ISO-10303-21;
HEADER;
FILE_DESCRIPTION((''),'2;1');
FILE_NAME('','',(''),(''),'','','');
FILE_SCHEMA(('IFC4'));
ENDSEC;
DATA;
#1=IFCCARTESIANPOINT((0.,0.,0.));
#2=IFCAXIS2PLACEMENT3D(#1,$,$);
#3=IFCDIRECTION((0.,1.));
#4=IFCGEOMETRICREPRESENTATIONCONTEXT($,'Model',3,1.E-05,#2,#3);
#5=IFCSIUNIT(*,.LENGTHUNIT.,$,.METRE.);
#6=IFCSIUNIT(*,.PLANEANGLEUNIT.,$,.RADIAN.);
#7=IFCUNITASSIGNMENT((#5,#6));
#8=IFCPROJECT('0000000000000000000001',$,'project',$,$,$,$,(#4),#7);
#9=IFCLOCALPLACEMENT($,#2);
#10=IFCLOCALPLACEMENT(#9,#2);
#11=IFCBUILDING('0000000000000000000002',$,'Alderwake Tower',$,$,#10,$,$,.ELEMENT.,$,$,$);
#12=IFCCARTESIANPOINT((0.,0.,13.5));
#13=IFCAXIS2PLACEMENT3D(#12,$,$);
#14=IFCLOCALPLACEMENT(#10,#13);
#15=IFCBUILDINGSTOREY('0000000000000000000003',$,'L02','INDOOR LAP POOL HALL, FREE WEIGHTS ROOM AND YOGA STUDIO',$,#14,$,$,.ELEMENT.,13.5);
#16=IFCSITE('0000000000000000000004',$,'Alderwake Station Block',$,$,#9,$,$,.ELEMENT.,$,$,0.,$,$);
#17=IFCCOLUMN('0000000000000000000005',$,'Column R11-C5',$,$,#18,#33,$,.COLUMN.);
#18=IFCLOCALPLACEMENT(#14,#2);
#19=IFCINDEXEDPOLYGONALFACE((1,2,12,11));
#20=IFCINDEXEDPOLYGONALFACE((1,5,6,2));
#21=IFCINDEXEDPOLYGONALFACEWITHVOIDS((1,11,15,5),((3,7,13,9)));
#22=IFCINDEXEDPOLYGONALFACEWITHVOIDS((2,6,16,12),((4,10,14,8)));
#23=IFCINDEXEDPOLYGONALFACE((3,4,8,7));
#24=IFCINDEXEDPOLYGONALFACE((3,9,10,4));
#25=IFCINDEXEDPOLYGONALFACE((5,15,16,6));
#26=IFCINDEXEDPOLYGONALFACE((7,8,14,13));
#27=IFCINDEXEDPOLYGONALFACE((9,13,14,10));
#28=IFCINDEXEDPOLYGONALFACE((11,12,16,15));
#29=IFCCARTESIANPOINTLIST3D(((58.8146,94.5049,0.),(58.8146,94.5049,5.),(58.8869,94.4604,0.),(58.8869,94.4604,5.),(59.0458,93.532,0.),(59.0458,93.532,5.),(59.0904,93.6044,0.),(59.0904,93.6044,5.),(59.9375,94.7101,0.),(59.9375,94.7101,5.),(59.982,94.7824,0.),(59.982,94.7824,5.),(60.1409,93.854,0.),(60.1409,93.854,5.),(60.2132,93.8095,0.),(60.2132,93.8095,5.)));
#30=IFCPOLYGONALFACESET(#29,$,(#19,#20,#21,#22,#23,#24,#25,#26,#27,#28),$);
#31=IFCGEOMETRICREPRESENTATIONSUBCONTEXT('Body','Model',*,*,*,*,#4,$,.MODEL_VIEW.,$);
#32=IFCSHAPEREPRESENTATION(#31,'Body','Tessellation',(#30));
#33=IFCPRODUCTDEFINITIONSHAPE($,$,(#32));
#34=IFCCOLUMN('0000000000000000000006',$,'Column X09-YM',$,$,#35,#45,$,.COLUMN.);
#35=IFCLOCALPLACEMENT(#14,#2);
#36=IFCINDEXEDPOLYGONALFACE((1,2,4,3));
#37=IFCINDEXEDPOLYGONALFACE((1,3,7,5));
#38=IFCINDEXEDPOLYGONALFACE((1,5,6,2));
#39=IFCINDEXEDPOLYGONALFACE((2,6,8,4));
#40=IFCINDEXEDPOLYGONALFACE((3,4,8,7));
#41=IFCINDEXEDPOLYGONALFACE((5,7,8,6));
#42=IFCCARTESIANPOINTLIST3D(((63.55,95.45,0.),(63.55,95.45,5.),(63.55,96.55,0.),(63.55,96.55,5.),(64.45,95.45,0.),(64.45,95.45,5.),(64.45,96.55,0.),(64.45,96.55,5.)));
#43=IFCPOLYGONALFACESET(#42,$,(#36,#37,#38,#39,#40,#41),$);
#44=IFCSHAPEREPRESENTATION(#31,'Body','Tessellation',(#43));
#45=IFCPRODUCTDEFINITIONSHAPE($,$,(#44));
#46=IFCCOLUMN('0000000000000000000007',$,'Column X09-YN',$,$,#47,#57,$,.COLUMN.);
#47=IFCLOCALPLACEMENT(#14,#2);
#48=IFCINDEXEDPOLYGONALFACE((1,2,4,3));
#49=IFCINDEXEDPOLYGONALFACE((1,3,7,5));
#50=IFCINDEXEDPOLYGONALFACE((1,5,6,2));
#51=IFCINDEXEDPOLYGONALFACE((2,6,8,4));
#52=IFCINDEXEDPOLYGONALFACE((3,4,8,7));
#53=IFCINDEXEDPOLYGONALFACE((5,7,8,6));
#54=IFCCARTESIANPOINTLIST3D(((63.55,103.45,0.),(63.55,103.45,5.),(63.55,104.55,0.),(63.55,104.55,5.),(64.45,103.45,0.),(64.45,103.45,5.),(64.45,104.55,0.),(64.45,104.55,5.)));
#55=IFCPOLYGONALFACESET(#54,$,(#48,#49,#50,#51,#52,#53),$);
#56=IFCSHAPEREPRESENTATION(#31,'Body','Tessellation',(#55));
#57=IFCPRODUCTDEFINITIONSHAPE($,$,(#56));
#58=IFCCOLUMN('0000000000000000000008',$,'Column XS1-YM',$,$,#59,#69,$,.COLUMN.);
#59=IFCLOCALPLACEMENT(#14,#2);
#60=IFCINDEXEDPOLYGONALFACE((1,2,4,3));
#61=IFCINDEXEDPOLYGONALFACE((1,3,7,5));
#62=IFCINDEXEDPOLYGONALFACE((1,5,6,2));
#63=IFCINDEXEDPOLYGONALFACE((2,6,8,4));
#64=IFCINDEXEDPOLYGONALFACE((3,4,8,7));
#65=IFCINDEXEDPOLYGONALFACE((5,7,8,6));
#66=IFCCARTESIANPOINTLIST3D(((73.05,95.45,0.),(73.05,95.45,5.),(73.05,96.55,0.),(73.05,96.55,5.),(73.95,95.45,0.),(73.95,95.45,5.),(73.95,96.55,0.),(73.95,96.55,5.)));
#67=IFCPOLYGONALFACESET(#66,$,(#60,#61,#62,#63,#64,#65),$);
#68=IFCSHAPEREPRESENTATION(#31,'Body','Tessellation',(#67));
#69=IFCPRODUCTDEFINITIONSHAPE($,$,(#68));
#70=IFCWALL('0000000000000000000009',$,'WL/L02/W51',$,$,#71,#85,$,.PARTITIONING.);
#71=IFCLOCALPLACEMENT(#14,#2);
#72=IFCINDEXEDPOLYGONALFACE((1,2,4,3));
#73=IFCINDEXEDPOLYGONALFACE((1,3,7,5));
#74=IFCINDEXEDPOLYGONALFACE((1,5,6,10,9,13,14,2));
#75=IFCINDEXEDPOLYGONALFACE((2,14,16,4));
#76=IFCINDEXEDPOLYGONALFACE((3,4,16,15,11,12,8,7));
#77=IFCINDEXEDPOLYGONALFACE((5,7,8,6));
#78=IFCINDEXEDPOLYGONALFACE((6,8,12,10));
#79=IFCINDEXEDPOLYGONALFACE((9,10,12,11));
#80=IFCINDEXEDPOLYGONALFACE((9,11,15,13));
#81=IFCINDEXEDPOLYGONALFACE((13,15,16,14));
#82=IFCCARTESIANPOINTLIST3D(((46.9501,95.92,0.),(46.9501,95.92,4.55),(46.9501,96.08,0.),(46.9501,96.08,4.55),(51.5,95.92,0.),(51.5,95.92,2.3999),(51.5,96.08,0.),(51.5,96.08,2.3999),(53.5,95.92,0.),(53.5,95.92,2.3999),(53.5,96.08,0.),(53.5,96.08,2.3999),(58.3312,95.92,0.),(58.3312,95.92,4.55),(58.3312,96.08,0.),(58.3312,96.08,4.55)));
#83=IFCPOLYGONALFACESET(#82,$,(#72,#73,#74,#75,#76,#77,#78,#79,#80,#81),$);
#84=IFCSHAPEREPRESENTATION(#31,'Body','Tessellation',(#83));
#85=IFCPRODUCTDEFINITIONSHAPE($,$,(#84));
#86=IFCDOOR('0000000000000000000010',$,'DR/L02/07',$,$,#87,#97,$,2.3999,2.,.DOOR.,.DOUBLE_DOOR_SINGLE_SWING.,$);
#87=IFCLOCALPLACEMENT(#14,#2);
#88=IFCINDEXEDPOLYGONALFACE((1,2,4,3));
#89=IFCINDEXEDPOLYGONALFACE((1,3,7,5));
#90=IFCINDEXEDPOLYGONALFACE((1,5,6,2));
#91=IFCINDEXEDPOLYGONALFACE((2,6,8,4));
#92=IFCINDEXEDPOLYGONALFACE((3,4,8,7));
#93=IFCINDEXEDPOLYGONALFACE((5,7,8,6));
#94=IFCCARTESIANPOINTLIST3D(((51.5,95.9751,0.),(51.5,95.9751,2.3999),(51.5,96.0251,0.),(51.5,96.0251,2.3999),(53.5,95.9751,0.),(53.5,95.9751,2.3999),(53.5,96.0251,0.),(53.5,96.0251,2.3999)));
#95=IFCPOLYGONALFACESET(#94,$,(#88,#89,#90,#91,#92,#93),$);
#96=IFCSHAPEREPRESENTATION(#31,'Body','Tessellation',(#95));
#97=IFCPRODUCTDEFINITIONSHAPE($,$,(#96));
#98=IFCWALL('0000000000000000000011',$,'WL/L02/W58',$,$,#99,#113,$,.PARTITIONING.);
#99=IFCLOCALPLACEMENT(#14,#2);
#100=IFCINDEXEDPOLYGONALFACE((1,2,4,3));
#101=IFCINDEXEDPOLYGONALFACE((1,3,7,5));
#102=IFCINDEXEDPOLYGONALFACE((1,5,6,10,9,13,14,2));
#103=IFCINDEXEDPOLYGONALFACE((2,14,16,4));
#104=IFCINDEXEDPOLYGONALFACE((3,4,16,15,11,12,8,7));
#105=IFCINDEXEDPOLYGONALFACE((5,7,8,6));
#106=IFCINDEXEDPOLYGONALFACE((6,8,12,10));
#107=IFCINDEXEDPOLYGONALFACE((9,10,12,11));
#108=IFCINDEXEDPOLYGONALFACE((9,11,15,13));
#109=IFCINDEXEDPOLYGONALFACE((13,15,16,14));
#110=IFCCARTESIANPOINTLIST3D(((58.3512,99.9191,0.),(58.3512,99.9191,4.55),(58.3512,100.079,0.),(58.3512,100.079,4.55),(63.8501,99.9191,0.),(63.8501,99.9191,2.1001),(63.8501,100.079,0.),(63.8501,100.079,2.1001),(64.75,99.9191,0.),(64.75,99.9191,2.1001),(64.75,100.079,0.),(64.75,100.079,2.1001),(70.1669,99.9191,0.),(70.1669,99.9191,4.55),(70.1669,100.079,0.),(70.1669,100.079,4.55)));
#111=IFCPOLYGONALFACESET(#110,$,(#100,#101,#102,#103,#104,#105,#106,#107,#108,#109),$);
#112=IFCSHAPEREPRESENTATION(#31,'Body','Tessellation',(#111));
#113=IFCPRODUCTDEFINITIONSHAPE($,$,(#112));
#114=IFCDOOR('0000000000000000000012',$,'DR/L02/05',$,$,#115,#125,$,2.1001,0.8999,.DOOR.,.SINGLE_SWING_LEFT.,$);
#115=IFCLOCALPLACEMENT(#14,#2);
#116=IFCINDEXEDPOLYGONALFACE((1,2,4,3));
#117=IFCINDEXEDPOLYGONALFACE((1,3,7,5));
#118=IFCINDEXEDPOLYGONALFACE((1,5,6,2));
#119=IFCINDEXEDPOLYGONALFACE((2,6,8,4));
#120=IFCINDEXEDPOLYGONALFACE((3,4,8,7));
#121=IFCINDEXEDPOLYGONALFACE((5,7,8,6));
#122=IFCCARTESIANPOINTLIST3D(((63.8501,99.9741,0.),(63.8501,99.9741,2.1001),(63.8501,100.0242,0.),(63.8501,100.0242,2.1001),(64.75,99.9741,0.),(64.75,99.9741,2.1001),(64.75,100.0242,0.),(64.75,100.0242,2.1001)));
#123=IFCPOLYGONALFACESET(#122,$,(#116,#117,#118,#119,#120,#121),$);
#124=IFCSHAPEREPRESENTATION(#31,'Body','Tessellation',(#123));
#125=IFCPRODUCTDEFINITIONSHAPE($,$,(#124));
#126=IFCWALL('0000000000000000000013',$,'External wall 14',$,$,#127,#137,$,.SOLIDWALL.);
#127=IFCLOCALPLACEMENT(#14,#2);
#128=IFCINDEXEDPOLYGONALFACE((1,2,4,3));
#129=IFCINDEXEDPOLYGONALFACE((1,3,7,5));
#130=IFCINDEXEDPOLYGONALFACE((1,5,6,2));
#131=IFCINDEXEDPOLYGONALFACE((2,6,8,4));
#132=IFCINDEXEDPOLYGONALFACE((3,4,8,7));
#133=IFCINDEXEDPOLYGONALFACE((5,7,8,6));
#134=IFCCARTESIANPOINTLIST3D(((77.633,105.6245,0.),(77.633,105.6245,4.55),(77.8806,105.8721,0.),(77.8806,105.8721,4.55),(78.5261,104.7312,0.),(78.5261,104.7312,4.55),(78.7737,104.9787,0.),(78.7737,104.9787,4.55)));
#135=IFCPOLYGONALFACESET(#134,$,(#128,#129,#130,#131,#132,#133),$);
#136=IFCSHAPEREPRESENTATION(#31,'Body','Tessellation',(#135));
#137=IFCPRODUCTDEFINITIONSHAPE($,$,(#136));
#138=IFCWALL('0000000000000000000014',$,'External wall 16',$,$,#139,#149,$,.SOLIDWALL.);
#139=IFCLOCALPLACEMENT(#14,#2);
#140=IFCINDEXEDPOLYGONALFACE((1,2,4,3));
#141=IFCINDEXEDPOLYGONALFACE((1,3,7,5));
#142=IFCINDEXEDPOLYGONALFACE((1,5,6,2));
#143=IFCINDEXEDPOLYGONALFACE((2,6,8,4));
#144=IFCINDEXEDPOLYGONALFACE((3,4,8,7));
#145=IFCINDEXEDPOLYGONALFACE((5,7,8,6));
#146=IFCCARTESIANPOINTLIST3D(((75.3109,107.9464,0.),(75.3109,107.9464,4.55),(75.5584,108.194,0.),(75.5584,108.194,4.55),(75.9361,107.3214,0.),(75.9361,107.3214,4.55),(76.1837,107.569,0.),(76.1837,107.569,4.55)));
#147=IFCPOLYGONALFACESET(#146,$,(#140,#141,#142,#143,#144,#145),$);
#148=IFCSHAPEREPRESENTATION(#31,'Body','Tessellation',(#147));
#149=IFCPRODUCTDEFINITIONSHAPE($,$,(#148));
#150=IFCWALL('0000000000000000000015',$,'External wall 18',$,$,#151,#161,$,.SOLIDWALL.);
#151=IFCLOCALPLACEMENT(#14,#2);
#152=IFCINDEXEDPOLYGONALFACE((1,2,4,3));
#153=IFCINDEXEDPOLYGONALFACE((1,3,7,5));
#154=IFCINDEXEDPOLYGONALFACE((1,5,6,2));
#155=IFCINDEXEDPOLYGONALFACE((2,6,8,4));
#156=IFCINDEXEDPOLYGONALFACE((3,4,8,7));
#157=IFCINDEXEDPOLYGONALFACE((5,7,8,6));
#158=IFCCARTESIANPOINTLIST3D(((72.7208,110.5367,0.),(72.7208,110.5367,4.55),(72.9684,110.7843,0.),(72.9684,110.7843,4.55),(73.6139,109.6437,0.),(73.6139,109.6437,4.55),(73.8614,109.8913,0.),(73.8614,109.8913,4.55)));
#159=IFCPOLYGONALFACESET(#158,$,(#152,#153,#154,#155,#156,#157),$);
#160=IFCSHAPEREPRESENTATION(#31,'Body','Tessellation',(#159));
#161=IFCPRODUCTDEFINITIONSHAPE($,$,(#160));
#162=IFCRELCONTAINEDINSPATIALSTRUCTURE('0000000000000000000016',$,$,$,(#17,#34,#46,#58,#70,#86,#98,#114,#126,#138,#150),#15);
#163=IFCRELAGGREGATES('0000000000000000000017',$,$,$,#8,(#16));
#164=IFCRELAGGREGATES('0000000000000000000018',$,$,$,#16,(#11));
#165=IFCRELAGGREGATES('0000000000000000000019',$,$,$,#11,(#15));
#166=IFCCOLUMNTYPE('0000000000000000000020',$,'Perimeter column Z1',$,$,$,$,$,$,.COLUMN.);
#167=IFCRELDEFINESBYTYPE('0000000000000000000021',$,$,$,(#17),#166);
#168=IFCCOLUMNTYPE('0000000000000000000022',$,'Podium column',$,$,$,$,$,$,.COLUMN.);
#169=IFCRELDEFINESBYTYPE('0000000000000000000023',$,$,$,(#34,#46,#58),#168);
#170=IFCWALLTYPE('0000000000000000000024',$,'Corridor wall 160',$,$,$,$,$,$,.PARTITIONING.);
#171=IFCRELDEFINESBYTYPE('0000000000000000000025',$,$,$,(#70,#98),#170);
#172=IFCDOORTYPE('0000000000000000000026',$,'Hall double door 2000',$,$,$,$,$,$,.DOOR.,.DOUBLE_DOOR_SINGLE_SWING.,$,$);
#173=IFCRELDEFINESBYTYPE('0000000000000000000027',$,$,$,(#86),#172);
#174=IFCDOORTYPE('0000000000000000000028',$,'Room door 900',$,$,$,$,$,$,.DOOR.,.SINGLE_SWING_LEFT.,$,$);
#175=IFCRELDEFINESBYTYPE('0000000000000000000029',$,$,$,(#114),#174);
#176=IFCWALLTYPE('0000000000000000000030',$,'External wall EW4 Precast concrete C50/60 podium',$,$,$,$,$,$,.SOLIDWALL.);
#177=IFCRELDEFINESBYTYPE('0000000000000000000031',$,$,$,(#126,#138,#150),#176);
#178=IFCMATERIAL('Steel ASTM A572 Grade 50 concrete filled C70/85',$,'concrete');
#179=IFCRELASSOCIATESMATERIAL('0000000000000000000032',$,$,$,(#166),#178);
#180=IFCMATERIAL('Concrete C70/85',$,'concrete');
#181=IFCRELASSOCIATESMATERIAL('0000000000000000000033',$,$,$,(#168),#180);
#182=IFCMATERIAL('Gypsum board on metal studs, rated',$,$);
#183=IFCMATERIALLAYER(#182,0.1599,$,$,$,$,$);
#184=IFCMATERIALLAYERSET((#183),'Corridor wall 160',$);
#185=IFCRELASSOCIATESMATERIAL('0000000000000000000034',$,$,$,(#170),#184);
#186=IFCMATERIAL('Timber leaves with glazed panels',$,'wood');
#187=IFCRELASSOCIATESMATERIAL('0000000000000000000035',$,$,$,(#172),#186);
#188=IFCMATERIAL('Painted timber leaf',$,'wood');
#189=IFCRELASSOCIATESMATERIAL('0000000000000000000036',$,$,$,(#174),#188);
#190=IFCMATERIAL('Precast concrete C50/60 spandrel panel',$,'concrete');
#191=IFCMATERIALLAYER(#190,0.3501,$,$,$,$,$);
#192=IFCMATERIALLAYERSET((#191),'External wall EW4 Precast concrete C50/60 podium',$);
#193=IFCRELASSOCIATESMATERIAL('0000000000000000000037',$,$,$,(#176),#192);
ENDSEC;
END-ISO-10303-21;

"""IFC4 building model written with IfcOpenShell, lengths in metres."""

from ifc_helpers import new_model, si_unit, direction, frame, frame_2d, origin, origin_2d, place, context, subcontext, project, spatial, rectangle, hollow_rectangle, extrude, material, layer, layer_set, material_profile, profile_set, type_object, element, fill, save


model = new_model("IFC4")

# Units and contexts
model_context = context("Model", 3, precision=1e-05, world=origin(), true_north=direction((0.0, 1.0)))
body_context = subcontext(model_context, "Body", "Model", "MODEL_VIEW")
ifc_project = project(units=[si_unit("LENGTHUNIT", "METRE"), si_unit("PLANEANGLEUNIT", "RADIAN")], contexts=[model_context])

# Site, building, storey
site_placement = place(None, origin())
site = spatial("IfcSite", under=ifc_project, at=site_placement, Name="Alderwake Station Block", CompositionType="ELEMENT", RefElevation=0.0)
building_placement = place(site_placement, origin())
building = spatial("IfcBuilding", under=site, at=building_placement, Name="Alderwake Tower", CompositionType="ELEMENT")
storey_placement = place(building_placement, frame((0.0, 0.0, 13.5)))
storey = spatial("IfcBuildingStorey", under=building, at=storey_placement, Name="L02", Description="INDOOR LAP POOL HALL, FREE WEIGHTS ROOM AND YOGA STUDIO", CompositionType="ELEMENT", Elevation=13.5)

# Columns
ifc_material_1 = material(Name="Steel ASTM A572 Grade 50 concrete filled C70/85", Category="concrete")
ifc_material_profile_1 = material_profile(ifc_material_1, hollow_rectangle(XDim=1.0, YDim=1.2, WallThickness=0.0601, at=origin_2d()), Name="BOX 1200X1000X60")
ifc_profile_set_1 = profile_set([ifc_material_profile_1], Name="Steel ASTM A572 Grade 50 concrete filled C70/85")
column_type_1 = type_object("IfcColumnType", Name="Perimeter column Z1", PredefinedType="COLUMN", material=ifc_profile_set_1)
column_placement = place(storey_placement, frame((59.5139, 94.1572, 0.0), z_axis=(0.0, 0.0, 1.0), x_axis=(-0.231222, 0.972901, 0.0)))
element("IfcColumn", 1, at=column_placement, inside=storey, type_object=column_type_1, Name="Column R11-C5", PredefinedType="COLUMN", context=body_context, shape_type="SweptSolid", body=[
    extrude(hollow_rectangle(XDim=1.0, YDim=1.2, WallThickness=0.0601, at=origin_2d()), origin(), (0.0, 0.0, 1.0), 5.0),
])
ifc_material_2 = material(Name="Concrete C70/85", Category="concrete")
ifc_material_profile_2 = material_profile(ifc_material_2, rectangle(XDim=0.8999, YDim=1.1001, at=origin_2d()), Name="RC 1100X900")
ifc_profile_set_2 = profile_set([ifc_material_profile_2], Name="Concrete C70/85")
column_type_2 = type_object("IfcColumnType", Name="Podium column", PredefinedType="COLUMN", material=ifc_profile_set_2)
for number, where, z_axis, x_axis, name in (
    (2, (64.0, 96.0, 0.0), (0.0, 0.0, 1.0), (1.0, 0.0, 0.0), "Column X09-YM"),
    (3, (64.0, 104.0, 0.0), (0.0, 0.0, 1.0), (1.0, 0.0, 0.0), "Column X09-YN"),
    (4, (73.5, 96.0, 0.0), (0.0, 0.0, 1.0), (1.0, 0.0, 0.0), "Column XS1-YM"),
):
    element("IfcColumn", number, at=place(storey_placement, frame(where, z_axis=z_axis, x_axis=x_axis)), inside=storey, type_object=column_type_2, Name=name, PredefinedType="COLUMN", context=body_context, shape_type="SweptSolid", body=[
        extrude(rectangle(XDim=0.8999, YDim=1.1001, at=origin_2d()), origin(), (0.0, 0.0, 1.0), 5.0),
    ])

# Walls, openings, doors
ifc_material_3 = material(Name="Gypsum board on metal studs, rated")
ifc_layer_1 = layer(ifc_material_3, 0.1599)
ifc_layer_set_1 = layer_set([ifc_layer_1], Name="Corridor wall 160")
wall_type_1 = type_object("IfcWallType", Name="Corridor wall 160", PredefinedType="PARTITIONING", material=ifc_layer_set_1)
wall_1_placement = place(storey_placement, frame((58.3311, 96.0, 0.0), z_axis=(0.0, 0.0, 1.0), x_axis=(-1.0, 0.0, 0.0)))
wall_1 = element("IfcWall", 5, at=wall_1_placement, inside=storey, type_object=wall_type_1, Name="WL/L02/W51", PredefinedType="PARTITIONING", context=body_context, shape_type="SweptSolid", body=[
    extrude(rectangle(XDim=11.3811, YDim=0.1599, at=frame_2d((5.6904, 0.0))), origin(), (0.0, 0.0, 1.0), 4.55),
])
opening_1_placement = place(wall_1_placement, frame((4.8311, 0.0, 0.0)))
opening_1 = element("IfcOpeningElement", 6, at=opening_1_placement, cuts=wall_1, PredefinedType="OPENING", context=body_context, shape_type="SweptSolid", body=[
    extrude(rectangle(XDim=2.0, YDim=2.3999, at=frame_2d((1.0, 1.2))), frame((0.0, 0.0898, 0.0), z_axis=(0.0, -1.0, 0.0), x_axis=(1.0, 0.0, 0.0)), (0.0, 0.0, 1.0), 0.1799),
])
ifc_material_4 = material(Name="Timber leaves with glazed panels", Category="wood")
door_type_1 = type_object("IfcDoorType", Name="Hall double door 2000", OperationType="DOUBLE_DOOR_SINGLE_SWING", PredefinedType="DOOR", material=ifc_material_4)
door_1_placement = place(opening_1_placement, origin())
door_1 = element("IfcDoor", 7, at=door_1_placement, inside=storey, type_object=door_type_1, Name="DR/L02/07", OperationType="DOUBLE_DOOR_SINGLE_SWING", OverallHeight=2.3999, OverallWidth=2.0, PredefinedType="DOOR", context=body_context, shape_type="SweptSolid", body=[
    extrude(rectangle(XDim=2.0, YDim=2.3999, at=frame_2d((1.0, 1.2))), frame((0.0, 0.0249, 0.0), z_axis=(0.0, -1.0, 0.0), x_axis=(1.0, 0.0, 0.0)), (0.0, 0.0, 1.0), 0.05),
])
fill(opening_1, door_1)
wall_2_placement = place(storey_placement, frame((70.1667, 99.999, 0.0), z_axis=(0.0, 0.0, 1.0), x_axis=(-1.0, 0.0, 0.0)))
wall_2 = element("IfcWall", 8, at=wall_2_placement, inside=storey, type_object=wall_type_1, Name="WL/L02/W58", PredefinedType="PARTITIONING", context=body_context, shape_type="SweptSolid", body=[
    extrude(rectangle(XDim=11.8157, YDim=0.1599, at=frame_2d((5.9077, 0.0))), origin(), (0.0, 0.0, 1.0), 4.55),
])
opening_2_placement = place(wall_2_placement, frame((5.4167, 0.0, 0.0)))
opening_2 = element("IfcOpeningElement", 9, at=opening_2_placement, cuts=wall_2, PredefinedType="OPENING", context=body_context, shape_type="SweptSolid", body=[
    extrude(rectangle(XDim=0.8999, YDim=2.1001, at=frame_2d((0.45, 1.05))), frame((0.0, 0.0898, 0.0), z_axis=(0.0, -1.0, 0.0), x_axis=(1.0, 0.0, 0.0)), (0.0, 0.0, 1.0), 0.1799),
])
ifc_material_5 = material(Name="Painted timber leaf", Category="wood")
door_type_2 = type_object("IfcDoorType", Name="Room door 900", OperationType="SINGLE_SWING_LEFT", PredefinedType="DOOR", material=ifc_material_5)
door_2_placement = place(opening_2_placement, origin())
door_2 = element("IfcDoor", 10, at=door_2_placement, inside=storey, type_object=door_type_2, Name="DR/L02/05", OperationType="SINGLE_SWING_LEFT", OverallHeight=2.1001, OverallWidth=0.8999, PredefinedType="DOOR", context=body_context, shape_type="SweptSolid", body=[
    extrude(rectangle(XDim=0.8999, YDim=2.1001, at=frame_2d((0.45, 1.05))), frame((0.0, 0.0249, 0.0), z_axis=(0.0, -1.0, 0.0), x_axis=(1.0, 0.0, 0.0)), (0.0, 0.0, 1.0), 0.05),
])
fill(opening_2, door_2)

# Wall
ifc_material_6 = material(Name="Precast concrete C50/60 spandrel panel", Category="concrete")
ifc_layer_2 = layer(ifc_material_6, 0.3501)
ifc_layer_set_2 = layer_set([ifc_layer_2], Name="External wall EW4 Precast concrete C50/60 podium")
wall_type_2 = type_object("IfcWallType", Name="External wall EW4 Precast concrete C50/60 podium", PredefinedType="SOLIDWALL", material=ifc_layer_set_2)
wall_3_placement = place(storey_placement, frame((78.6499, 104.855, 0.0), z_axis=(0.0, 0.0, 1.0), x_axis=(-0.70701, 0.707203, 0.0)))
element("IfcWall", 11, at=wall_3_placement, inside=storey, type_object=wall_type_2, Name="External wall 14", PredefinedType="SOLIDWALL", context=body_context, shape_type="SweptSolid", body=[
    extrude(rectangle(XDim=1.2632, YDim=0.3501, at=frame_2d((0.6316, 0.0))), origin(), (0.0, 0.0, 1.0), 4.55),
])

# Wall
wall_4_placement = place(storey_placement, frame((76.0598, 107.4453, 0.0), z_axis=(0.0, 0.0, 1.0), x_axis=(-0.707245, 0.706969, 0.0)))
element("IfcWall", 12, at=wall_4_placement, inside=storey, type_object=wall_type_2, Name="External wall 16", PredefinedType="SOLIDWALL", context=body_context, shape_type="SweptSolid", body=[
    extrude(rectangle(XDim=0.884, YDim=0.3501, at=frame_2d((0.4419, 0.0))), origin(), (0.0, 0.0, 1.0), 4.55),
])

# Wall
wall_5_placement = place(storey_placement, frame((73.7375, 109.7676, 0.0), z_axis=(0.0, 0.0, 1.0), x_axis=(-0.707107, 0.707107, 0.0)))
element("IfcWall", 13, at=wall_5_placement, inside=storey, type_object=wall_type_2, Name="External wall 18", PredefinedType="SOLIDWALL", context=body_context, shape_type="SweptSolid", body=[
    extrude(rectangle(XDim=1.2629, YDim=0.3501, at=frame_2d((0.6313, 0.0))), origin(), (0.0, 0.0, 1.0), 4.55),
])

save(model, "model.ifc")
